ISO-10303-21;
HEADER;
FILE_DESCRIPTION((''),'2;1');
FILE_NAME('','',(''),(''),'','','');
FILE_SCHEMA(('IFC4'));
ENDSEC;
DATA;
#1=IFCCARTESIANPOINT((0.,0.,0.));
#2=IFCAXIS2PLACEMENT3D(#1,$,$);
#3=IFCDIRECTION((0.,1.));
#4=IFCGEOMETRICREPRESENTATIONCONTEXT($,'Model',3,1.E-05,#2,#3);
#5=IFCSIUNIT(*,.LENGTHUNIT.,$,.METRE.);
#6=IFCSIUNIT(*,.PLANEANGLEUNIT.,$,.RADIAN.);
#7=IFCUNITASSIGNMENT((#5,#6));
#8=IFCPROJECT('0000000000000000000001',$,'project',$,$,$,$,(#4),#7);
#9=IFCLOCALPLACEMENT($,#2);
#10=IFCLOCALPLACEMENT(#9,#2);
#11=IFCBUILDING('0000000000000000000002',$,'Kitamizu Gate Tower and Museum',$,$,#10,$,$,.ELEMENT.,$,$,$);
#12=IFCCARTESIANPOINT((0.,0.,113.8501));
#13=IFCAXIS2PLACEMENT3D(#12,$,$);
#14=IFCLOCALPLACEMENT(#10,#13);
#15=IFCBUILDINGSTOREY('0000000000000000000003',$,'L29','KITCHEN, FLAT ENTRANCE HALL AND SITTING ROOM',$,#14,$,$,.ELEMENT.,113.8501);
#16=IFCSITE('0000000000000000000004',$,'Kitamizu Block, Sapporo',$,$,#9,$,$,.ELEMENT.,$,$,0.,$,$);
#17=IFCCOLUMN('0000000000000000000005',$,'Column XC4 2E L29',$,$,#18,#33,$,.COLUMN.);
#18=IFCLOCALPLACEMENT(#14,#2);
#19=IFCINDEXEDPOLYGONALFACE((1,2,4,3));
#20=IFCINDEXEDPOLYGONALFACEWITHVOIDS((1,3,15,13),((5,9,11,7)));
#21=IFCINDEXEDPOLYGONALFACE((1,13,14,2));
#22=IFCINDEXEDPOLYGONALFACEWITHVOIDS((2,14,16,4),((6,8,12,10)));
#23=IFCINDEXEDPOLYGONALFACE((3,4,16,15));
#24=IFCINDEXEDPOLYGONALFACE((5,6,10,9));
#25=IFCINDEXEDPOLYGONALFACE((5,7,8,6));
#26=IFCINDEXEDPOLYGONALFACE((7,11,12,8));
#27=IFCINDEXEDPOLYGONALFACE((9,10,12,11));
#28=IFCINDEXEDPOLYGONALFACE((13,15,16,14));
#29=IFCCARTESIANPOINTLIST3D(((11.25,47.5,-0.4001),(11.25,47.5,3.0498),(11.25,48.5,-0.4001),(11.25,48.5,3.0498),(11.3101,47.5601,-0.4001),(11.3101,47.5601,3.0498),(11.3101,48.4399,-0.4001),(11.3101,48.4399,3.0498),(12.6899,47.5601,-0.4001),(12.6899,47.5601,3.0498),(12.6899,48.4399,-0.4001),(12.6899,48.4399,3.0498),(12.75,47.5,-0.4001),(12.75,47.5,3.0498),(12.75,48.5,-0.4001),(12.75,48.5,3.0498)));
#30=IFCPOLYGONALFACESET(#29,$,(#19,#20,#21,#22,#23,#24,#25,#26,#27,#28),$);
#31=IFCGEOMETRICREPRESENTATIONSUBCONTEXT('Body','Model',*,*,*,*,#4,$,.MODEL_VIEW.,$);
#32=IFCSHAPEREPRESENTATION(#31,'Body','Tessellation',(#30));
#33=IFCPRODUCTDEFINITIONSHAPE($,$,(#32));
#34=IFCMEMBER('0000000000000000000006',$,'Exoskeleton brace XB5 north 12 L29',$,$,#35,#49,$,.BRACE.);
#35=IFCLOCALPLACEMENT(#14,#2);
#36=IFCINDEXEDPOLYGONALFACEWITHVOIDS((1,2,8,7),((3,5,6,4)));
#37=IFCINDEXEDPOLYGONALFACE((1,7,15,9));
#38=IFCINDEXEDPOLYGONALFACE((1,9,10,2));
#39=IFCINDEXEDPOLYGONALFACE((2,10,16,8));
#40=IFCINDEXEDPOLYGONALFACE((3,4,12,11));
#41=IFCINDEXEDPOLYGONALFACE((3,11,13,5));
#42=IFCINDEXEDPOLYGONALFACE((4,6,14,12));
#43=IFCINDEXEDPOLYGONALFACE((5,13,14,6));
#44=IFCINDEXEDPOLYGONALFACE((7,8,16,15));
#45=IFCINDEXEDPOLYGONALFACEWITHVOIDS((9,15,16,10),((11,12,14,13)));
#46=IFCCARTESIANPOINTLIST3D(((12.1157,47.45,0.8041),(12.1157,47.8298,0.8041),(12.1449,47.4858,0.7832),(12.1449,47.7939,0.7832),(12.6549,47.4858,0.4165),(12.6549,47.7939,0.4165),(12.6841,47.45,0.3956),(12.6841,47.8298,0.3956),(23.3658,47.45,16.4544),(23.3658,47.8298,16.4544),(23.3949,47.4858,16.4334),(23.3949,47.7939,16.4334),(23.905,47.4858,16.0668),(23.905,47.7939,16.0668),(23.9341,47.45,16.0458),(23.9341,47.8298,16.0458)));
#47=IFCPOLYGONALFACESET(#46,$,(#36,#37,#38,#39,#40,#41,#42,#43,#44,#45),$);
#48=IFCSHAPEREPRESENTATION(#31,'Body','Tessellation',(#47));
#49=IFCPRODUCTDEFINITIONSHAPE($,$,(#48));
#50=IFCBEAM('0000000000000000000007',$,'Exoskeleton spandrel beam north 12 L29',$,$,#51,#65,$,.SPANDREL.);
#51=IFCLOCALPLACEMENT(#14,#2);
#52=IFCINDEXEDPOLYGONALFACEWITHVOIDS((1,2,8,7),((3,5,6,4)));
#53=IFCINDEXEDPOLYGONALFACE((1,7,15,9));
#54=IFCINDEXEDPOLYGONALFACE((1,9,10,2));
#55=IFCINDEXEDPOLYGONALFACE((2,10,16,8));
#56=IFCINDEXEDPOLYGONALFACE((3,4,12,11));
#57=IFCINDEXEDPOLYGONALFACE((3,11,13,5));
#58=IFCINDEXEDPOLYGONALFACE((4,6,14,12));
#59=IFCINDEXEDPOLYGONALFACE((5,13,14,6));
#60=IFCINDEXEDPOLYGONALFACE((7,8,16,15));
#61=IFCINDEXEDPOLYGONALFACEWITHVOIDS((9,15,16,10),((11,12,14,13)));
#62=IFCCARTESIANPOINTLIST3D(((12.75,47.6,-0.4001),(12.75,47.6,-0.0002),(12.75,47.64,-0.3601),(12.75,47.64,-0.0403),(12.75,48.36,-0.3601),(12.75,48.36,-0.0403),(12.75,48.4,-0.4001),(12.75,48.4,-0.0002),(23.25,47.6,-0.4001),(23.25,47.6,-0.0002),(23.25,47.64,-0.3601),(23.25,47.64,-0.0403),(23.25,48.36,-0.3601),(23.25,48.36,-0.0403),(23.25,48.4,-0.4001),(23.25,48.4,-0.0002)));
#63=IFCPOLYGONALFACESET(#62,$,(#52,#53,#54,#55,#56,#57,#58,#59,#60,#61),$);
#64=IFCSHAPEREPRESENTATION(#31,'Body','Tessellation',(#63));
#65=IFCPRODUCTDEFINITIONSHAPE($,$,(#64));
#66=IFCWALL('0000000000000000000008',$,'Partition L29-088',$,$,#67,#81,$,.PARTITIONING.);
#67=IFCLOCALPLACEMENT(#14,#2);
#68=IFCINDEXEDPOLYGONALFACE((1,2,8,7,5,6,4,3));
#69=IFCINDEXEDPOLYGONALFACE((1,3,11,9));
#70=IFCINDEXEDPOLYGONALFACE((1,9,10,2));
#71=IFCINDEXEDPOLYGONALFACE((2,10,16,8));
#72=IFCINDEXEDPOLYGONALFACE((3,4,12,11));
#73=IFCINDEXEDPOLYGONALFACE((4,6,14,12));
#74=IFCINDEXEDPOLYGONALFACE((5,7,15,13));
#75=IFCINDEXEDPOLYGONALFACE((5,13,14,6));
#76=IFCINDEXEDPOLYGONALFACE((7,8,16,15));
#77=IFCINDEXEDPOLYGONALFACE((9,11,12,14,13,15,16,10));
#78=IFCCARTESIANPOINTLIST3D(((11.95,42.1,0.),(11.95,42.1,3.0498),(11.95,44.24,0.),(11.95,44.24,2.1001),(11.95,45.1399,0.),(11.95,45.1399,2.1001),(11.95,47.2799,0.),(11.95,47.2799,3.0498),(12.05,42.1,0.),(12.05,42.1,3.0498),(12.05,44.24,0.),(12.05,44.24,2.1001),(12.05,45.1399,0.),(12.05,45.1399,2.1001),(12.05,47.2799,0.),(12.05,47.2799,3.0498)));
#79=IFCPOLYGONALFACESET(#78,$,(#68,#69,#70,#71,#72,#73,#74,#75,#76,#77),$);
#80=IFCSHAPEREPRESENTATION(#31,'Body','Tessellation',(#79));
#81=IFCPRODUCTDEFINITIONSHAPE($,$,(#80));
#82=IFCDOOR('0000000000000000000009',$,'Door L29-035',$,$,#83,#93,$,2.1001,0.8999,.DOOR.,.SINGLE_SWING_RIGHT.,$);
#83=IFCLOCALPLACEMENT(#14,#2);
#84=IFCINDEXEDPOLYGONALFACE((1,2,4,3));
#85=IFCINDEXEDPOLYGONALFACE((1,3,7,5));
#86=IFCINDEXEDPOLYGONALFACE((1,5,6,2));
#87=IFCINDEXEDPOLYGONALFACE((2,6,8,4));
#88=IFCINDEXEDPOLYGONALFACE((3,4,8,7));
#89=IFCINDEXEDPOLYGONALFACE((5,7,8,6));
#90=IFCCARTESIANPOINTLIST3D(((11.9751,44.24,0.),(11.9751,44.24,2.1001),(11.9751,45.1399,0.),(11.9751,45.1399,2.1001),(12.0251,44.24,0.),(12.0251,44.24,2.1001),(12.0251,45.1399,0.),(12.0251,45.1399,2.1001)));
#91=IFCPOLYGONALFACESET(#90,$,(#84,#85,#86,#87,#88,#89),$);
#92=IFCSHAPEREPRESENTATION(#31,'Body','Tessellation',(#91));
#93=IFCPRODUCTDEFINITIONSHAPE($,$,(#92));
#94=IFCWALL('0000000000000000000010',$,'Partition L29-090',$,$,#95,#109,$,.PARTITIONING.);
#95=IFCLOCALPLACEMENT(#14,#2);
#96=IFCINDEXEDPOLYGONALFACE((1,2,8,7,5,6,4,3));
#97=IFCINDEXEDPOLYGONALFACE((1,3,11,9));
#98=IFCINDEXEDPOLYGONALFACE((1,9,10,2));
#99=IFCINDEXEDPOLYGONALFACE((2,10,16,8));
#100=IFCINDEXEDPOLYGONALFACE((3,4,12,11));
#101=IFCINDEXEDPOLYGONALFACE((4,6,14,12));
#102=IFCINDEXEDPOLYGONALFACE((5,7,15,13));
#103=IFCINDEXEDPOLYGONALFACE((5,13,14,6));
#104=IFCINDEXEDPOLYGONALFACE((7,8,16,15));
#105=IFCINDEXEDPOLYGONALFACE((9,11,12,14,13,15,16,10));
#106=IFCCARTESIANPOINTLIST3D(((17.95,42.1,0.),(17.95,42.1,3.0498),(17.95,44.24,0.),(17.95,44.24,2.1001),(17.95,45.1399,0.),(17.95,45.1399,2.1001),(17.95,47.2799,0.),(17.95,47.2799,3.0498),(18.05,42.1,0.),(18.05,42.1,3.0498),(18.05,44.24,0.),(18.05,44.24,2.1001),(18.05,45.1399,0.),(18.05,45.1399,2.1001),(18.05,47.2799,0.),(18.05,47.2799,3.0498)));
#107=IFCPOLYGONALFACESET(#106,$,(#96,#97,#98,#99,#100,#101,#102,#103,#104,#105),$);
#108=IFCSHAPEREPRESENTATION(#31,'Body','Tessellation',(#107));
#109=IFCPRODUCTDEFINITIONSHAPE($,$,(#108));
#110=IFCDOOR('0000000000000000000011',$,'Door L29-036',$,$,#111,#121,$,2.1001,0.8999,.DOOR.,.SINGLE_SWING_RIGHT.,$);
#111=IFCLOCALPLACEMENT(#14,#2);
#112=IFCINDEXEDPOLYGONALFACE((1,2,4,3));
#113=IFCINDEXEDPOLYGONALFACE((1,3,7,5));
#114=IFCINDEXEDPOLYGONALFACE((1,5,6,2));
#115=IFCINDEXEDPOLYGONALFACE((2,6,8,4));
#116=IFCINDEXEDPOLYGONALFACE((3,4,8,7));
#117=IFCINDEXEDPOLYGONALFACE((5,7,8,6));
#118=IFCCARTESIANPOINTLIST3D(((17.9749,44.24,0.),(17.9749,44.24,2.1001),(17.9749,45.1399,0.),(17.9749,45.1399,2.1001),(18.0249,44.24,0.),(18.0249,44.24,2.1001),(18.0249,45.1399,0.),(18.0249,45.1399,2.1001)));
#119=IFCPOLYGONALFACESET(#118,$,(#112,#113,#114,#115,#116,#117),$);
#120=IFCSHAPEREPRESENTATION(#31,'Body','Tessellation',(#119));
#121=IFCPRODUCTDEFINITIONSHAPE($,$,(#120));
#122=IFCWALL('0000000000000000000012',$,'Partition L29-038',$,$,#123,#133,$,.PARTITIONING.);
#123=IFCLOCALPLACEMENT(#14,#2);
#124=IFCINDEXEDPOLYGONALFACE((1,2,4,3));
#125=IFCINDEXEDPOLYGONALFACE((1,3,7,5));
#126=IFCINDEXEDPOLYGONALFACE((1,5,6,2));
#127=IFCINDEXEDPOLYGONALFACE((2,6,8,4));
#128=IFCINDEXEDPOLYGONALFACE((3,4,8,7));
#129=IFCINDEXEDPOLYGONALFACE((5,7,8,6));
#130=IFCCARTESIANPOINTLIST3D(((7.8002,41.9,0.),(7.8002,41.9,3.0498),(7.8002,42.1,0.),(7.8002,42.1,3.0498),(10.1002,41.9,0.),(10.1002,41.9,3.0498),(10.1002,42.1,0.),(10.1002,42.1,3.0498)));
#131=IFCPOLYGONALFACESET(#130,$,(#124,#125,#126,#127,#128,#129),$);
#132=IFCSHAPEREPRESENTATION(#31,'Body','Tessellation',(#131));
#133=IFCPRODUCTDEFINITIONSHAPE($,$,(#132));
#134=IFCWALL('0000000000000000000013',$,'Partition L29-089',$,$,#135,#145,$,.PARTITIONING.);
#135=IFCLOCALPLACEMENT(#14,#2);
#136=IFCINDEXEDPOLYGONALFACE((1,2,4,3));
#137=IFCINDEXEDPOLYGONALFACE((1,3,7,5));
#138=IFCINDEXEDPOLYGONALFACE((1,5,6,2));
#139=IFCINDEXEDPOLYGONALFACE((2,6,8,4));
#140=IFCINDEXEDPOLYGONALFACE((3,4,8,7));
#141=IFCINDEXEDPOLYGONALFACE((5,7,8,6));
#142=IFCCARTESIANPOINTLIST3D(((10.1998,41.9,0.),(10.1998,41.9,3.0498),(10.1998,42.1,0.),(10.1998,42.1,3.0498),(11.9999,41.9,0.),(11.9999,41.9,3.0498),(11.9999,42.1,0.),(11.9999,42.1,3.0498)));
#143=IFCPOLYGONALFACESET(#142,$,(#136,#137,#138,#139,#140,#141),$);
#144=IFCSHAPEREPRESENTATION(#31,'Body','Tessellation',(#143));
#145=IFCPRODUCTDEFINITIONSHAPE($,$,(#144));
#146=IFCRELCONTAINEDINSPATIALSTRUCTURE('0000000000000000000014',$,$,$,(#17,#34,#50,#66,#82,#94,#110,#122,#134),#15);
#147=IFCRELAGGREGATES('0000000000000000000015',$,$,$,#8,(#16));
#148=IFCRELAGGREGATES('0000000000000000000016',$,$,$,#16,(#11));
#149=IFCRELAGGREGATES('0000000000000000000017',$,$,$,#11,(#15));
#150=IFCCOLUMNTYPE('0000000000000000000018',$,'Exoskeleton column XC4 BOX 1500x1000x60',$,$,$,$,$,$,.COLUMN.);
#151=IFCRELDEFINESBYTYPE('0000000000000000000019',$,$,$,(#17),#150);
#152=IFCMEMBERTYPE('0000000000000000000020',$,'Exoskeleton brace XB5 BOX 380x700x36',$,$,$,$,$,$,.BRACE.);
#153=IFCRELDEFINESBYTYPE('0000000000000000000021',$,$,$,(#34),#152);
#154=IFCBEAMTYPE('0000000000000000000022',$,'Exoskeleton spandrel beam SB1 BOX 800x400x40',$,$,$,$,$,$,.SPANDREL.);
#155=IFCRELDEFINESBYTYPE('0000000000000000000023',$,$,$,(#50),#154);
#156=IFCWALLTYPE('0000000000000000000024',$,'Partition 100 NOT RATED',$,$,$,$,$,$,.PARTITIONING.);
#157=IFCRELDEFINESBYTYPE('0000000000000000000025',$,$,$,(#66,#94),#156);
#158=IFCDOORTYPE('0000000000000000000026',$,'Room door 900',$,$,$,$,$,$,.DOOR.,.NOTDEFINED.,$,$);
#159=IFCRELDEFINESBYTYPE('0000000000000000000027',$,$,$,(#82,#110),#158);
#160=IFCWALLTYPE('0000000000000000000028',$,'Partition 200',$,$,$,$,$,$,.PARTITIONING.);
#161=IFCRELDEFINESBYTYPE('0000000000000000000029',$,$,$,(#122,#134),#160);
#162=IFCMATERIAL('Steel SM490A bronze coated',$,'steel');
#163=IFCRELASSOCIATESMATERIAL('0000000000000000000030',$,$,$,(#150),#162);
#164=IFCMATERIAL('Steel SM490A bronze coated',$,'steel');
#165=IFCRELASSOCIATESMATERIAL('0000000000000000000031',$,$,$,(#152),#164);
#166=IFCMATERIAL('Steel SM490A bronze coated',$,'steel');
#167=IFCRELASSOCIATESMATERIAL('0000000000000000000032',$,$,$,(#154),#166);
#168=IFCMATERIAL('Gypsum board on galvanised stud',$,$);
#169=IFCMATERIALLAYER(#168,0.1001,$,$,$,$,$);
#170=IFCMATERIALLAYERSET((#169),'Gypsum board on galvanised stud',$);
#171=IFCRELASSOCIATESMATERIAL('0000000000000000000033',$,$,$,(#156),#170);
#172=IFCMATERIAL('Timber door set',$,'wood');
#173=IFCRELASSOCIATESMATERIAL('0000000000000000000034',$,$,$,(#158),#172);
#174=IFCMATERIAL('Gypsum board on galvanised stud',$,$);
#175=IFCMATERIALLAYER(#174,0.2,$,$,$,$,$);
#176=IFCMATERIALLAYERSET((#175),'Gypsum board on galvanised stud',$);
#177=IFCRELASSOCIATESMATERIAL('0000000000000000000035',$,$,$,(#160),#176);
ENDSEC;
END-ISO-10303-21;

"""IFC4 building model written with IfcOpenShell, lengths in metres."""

from ifc_helpers import new_model, si_unit, direction, frame, frame_2d, origin, origin_2d, place, context, subcontext, project, spatial, rectangle, hollow_rectangle, extrude, material, layer, layer_set, material_profile, profile_set, type_object, element, fill, save


model = new_model("IFC4")

# Units and contexts
model_context = context("Model", 3, precision=1e-05, world=origin(), true_north=direction((0.0, 1.0)))
body_context = subcontext(model_context, "Body", "Model", "MODEL_VIEW")
ifc_project = project(units=[si_unit("LENGTHUNIT", "METRE"), si_unit("PLANEANGLEUNIT", "RADIAN")], contexts=[model_context])

# Site, building, storey
site_placement = place(None, origin())
site = spatial("IfcSite", under=ifc_project, at=site_placement, Name="Kitamizu Block, Sapporo", CompositionType="ELEMENT", RefElevation=0.0)
building_placement = place(site_placement, origin())
building = spatial("IfcBuilding", under=site, at=building_placement, Name="Kitamizu Gate Tower and Museum", CompositionType="ELEMENT")
storey_placement = place(building_placement, frame((0.0, 0.0, 113.8501)))
storey = spatial("IfcBuildingStorey", under=building, at=storey_placement, Name="L29", Description="KITCHEN, FLAT ENTRANCE HALL AND SITTING ROOM", CompositionType="ELEMENT", Elevation=113.8501)

# Column
ifc_material_1 = material(Name="Steel SM490A bronze coated", Category="steel")
ifc_material_profile_1 = material_profile(ifc_material_1, hollow_rectangle(XDim=1.5, YDim=1.0, WallThickness=0.0601, at=origin_2d()), Name="BOX 1500x1000x60")
ifc_profile_set_1 = profile_set([ifc_material_profile_1], Name="Steel SM490A bronze coated")
column_type = type_object("IfcColumnType", Name="Exoskeleton column XC4 BOX 1500x1000x60", PredefinedType="COLUMN", material=ifc_profile_set_1)
column_placement = place(storey_placement, frame((12.0, 48.0, -0.4001), z_axis=(0.0, 0.0, 1.0), x_axis=(1.0, 0.0, 0.0)))
element("IfcColumn", 1, at=column_placement, inside=storey, type_object=column_type, Name="Column XC4 2E L29", PredefinedType="COLUMN", context=body_context, shape_type="SweptSolid", body=[
    extrude(hollow_rectangle(XDim=1.5, YDim=1.0, WallThickness=0.0601, at=origin_2d()), origin(), (0.0, 0.0, 1.0), 3.45),
])

# Member
ifc_material_2 = material(Name="Steel SM490A bronze coated", Category="steel")
ifc_material_profile_2 = material_profile(ifc_material_2, hollow_rectangle(XDim=0.3799, YDim=0.7, WallThickness=0.0359, at=origin_2d()), Name="BOX 380x700x36")
ifc_profile_set_2 = profile_set([ifc_material_profile_2], Name="Steel SM490A bronze coated")
member_type = type_object("IfcMemberType", Name="Exoskeleton brace XB5 BOX 380x700x36", PredefinedType="BRACE", material=ifc_profile_set_2)
member_placement = place(storey_placement, frame((12.3999, 47.6399, 0.5999), z_axis=(0.583686, 0.0, 0.81198), x_axis=(0.0, 1.0, 0.0)))
element("IfcMember", 2, at=member_placement, inside=storey, type_object=member_type, Name="Exoskeleton brace XB5 north 12 L29", PredefinedType="BRACE", context=body_context, shape_type="SweptSolid", body=[
    extrude(hollow_rectangle(XDim=0.3799, YDim=0.7, WallThickness=0.0359, at=origin_2d()), origin(), (0.0, 0.0, 1.0), 19.2742),
])

# Beam
ifc_material_3 = material(Name="Steel SM490A bronze coated", Category="steel")
ifc_material_profile_3 = material_profile(ifc_material_3, hollow_rectangle(XDim=0.8, YDim=0.3999, WallThickness=0.04, at=origin_2d()), Name="BOX 800x400x40")
ifc_profile_set_3 = profile_set([ifc_material_profile_3], Name="Steel SM490A bronze coated")
beam_type = type_object("IfcBeamType", Name="Exoskeleton spandrel beam SB1 BOX 800x400x40", PredefinedType="SPANDREL", material=ifc_profile_set_3)
beam_placement = place(storey_placement, frame((12.75, 48.0, -0.2002), z_axis=(1.0, 0.0, 0.0), x_axis=(0.0, 1.0, 0.0)))
element("IfcBeam", 3, at=beam_placement, inside=storey, type_object=beam_type, Name="Exoskeleton spandrel beam north 12 L29", PredefinedType="SPANDREL", context=body_context, shape_type="SweptSolid", body=[
    extrude(hollow_rectangle(XDim=0.8, YDim=0.3999, WallThickness=0.04, at=origin_2d()), origin(), (0.0, 0.0, 1.0), 10.5),
])

# Walls, openings, doors
ifc_material_4 = material(Name="Gypsum board on galvanised stud")
ifc_layer_1 = layer(ifc_material_4, 0.1001)
ifc_layer_set_1 = layer_set([ifc_layer_1], Name="Gypsum board on galvanised stud")
wall_type_1 = type_object("IfcWallType", Name="Partition 100 NOT RATED", PredefinedType="PARTITIONING", material=ifc_layer_set_1)
wall_1_placement = place(storey_placement, frame((12.0, 42.1001, 0.0), z_axis=(0.0, 0.0, 1.0), x_axis=(0.0, 1.0, 0.0)))
wall_1 = element("IfcWall", 4, at=wall_1_placement, inside=storey, type_object=wall_type_1, Name="Partition L29-088", PredefinedType="PARTITIONING", context=body_context, shape_type="SweptSolid", body=[
    extrude(rectangle(XDim=5.1799, YDim=0.1001, at=frame_2d((2.5898, 0.0))), origin(), (0.0, 0.0, 1.0), 3.0498),
])
opening_1_placement = place(wall_1_placement, frame((2.1399, 0.0, 0.0)))
opening_1 = element("IfcOpeningElement", 5, at=opening_1_placement, cuts=wall_1, PredefinedType="OPENING", context=body_context, shape_type="SweptSolid", body=[
    extrude(rectangle(XDim=0.8999, YDim=2.1001, at=frame_2d((0.45, 1.05))), frame((0.0, 0.0601, 0.0), z_axis=(0.0, -1.0, 0.0), x_axis=(1.0, 0.0, 0.0)), (0.0, 0.0, 1.0), 0.1201),
])
ifc_material_5 = material(Name="Timber door set", Category="wood")
door_type_1 = type_object("IfcDoorType", Name="Room door 900", OperationType="NOTDEFINED", PredefinedType="DOOR", material=ifc_material_5)
door_1_placement = place(opening_1_placement, origin())
door_1 = element("IfcDoor", 6, at=door_1_placement, inside=storey, type_object=door_type_1, Name="Door L29-035", OperationType="SINGLE_SWING_RIGHT", OverallHeight=2.1001, OverallWidth=0.8999, PredefinedType="DOOR", context=body_context, shape_type="SweptSolid", body=[
    extrude(rectangle(XDim=0.8999, YDim=2.1001, at=frame_2d((0.45, 1.05))), frame((0.0, 0.0249, 0.0), z_axis=(0.0, -1.0, 0.0), x_axis=(1.0, 0.0, 0.0)), (0.0, 0.0, 1.0), 0.05),
])
fill(opening_1, door_1)
wall_2_placement = place(storey_placement, frame((18.0, 42.1001, 0.0), z_axis=(0.0, 0.0, 1.0), x_axis=(0.0, 1.0, 0.0)))
wall_2 = element("IfcWall", 7, at=wall_2_placement, inside=storey, type_object=wall_type_1, Name="Partition L29-090", PredefinedType="PARTITIONING", context=body_context, shape_type="SweptSolid", body=[
    extrude(rectangle(XDim=5.1799, YDim=0.1001, at=frame_2d((2.5898, 0.0))), origin(), (0.0, 0.0, 1.0), 3.0498),
])
opening_2_placement = place(wall_2_placement, frame((2.1399, 0.0, 0.0)))
opening_2 = element("IfcOpeningElement", 8, at=opening_2_placement, cuts=wall_2, PredefinedType="OPENING", context=body_context, shape_type="SweptSolid", body=[
    extrude(rectangle(XDim=0.8999, YDim=2.1001, at=frame_2d((0.45, 1.05))), frame((0.0, 0.0601, 0.0), z_axis=(0.0, -1.0, 0.0), x_axis=(1.0, 0.0, 0.0)), (0.0, 0.0, 1.0), 0.1201),
])
door_2_placement = place(opening_2_placement, frame((0.8999, 0.0, 0.0), x_axis=(-1.0, 0.0, 0.0)))
door_2 = element("IfcDoor", 9, at=door_2_placement, inside=storey, type_object=door_type_1, Name="Door L29-036", OperationType="SINGLE_SWING_RIGHT", OverallHeight=2.1001, OverallWidth=0.8999, PredefinedType="DOOR", context=body_context, shape_type="SweptSolid", body=[
    extrude(rectangle(XDim=0.8999, YDim=2.1001, at=frame_2d((0.45, 1.05))), frame((0.0, 0.0249, 0.0), z_axis=(0.0, -1.0, 0.0), x_axis=(1.0, 0.0, 0.0)), (0.0, 0.0, 1.0), 0.05),
])
fill(opening_2, door_2)

# Walls
ifc_material_6 = material(Name="Gypsum board on galvanised stud")
ifc_layer_2 = layer(ifc_material_6, 0.2)
ifc_layer_set_2 = layer_set([ifc_layer_2], Name="Gypsum board on galvanised stud")
wall_type_2 = type_object("IfcWallType", Name="Partition 200", PredefinedType="PARTITIONING", material=ifc_layer_set_2)
wall_3_placement = place(storey_placement, frame((10.1001, 42.0, 0.0), z_axis=(0.0, 0.0, 1.0), x_axis=(-1.0, 0.0, 0.0)))
element("IfcWall", 10, at=wall_3_placement, inside=storey, type_object=wall_type_2, Name="Partition L29-038", PredefinedType="PARTITIONING", context=body_context, shape_type="SweptSolid", body=[
    extrude(rectangle(XDim=2.3, YDim=0.2, at=frame_2d((1.1499, 0.0))), origin(), (0.0, 0.0, 1.0), 3.0498),
])
wall_4_placement = place(storey_placement, frame((10.2, 42.0, 0.0), z_axis=(0.0, 0.0, 1.0), x_axis=(1.0, 0.0, 0.0)))
element("IfcWall", 11, at=wall_4_placement, inside=storey, type_object=wall_type_2, Name="Partition L29-089", PredefinedType="PARTITIONING", context=body_context, shape_type="SweptSolid", body=[
    extrude(rectangle(XDim=1.8, YDim=0.2, at=frame_2d((0.8999, 0.0))), origin(), (0.0, 0.0, 1.0), 3.0498),
])

save(model, "model.ifc")
